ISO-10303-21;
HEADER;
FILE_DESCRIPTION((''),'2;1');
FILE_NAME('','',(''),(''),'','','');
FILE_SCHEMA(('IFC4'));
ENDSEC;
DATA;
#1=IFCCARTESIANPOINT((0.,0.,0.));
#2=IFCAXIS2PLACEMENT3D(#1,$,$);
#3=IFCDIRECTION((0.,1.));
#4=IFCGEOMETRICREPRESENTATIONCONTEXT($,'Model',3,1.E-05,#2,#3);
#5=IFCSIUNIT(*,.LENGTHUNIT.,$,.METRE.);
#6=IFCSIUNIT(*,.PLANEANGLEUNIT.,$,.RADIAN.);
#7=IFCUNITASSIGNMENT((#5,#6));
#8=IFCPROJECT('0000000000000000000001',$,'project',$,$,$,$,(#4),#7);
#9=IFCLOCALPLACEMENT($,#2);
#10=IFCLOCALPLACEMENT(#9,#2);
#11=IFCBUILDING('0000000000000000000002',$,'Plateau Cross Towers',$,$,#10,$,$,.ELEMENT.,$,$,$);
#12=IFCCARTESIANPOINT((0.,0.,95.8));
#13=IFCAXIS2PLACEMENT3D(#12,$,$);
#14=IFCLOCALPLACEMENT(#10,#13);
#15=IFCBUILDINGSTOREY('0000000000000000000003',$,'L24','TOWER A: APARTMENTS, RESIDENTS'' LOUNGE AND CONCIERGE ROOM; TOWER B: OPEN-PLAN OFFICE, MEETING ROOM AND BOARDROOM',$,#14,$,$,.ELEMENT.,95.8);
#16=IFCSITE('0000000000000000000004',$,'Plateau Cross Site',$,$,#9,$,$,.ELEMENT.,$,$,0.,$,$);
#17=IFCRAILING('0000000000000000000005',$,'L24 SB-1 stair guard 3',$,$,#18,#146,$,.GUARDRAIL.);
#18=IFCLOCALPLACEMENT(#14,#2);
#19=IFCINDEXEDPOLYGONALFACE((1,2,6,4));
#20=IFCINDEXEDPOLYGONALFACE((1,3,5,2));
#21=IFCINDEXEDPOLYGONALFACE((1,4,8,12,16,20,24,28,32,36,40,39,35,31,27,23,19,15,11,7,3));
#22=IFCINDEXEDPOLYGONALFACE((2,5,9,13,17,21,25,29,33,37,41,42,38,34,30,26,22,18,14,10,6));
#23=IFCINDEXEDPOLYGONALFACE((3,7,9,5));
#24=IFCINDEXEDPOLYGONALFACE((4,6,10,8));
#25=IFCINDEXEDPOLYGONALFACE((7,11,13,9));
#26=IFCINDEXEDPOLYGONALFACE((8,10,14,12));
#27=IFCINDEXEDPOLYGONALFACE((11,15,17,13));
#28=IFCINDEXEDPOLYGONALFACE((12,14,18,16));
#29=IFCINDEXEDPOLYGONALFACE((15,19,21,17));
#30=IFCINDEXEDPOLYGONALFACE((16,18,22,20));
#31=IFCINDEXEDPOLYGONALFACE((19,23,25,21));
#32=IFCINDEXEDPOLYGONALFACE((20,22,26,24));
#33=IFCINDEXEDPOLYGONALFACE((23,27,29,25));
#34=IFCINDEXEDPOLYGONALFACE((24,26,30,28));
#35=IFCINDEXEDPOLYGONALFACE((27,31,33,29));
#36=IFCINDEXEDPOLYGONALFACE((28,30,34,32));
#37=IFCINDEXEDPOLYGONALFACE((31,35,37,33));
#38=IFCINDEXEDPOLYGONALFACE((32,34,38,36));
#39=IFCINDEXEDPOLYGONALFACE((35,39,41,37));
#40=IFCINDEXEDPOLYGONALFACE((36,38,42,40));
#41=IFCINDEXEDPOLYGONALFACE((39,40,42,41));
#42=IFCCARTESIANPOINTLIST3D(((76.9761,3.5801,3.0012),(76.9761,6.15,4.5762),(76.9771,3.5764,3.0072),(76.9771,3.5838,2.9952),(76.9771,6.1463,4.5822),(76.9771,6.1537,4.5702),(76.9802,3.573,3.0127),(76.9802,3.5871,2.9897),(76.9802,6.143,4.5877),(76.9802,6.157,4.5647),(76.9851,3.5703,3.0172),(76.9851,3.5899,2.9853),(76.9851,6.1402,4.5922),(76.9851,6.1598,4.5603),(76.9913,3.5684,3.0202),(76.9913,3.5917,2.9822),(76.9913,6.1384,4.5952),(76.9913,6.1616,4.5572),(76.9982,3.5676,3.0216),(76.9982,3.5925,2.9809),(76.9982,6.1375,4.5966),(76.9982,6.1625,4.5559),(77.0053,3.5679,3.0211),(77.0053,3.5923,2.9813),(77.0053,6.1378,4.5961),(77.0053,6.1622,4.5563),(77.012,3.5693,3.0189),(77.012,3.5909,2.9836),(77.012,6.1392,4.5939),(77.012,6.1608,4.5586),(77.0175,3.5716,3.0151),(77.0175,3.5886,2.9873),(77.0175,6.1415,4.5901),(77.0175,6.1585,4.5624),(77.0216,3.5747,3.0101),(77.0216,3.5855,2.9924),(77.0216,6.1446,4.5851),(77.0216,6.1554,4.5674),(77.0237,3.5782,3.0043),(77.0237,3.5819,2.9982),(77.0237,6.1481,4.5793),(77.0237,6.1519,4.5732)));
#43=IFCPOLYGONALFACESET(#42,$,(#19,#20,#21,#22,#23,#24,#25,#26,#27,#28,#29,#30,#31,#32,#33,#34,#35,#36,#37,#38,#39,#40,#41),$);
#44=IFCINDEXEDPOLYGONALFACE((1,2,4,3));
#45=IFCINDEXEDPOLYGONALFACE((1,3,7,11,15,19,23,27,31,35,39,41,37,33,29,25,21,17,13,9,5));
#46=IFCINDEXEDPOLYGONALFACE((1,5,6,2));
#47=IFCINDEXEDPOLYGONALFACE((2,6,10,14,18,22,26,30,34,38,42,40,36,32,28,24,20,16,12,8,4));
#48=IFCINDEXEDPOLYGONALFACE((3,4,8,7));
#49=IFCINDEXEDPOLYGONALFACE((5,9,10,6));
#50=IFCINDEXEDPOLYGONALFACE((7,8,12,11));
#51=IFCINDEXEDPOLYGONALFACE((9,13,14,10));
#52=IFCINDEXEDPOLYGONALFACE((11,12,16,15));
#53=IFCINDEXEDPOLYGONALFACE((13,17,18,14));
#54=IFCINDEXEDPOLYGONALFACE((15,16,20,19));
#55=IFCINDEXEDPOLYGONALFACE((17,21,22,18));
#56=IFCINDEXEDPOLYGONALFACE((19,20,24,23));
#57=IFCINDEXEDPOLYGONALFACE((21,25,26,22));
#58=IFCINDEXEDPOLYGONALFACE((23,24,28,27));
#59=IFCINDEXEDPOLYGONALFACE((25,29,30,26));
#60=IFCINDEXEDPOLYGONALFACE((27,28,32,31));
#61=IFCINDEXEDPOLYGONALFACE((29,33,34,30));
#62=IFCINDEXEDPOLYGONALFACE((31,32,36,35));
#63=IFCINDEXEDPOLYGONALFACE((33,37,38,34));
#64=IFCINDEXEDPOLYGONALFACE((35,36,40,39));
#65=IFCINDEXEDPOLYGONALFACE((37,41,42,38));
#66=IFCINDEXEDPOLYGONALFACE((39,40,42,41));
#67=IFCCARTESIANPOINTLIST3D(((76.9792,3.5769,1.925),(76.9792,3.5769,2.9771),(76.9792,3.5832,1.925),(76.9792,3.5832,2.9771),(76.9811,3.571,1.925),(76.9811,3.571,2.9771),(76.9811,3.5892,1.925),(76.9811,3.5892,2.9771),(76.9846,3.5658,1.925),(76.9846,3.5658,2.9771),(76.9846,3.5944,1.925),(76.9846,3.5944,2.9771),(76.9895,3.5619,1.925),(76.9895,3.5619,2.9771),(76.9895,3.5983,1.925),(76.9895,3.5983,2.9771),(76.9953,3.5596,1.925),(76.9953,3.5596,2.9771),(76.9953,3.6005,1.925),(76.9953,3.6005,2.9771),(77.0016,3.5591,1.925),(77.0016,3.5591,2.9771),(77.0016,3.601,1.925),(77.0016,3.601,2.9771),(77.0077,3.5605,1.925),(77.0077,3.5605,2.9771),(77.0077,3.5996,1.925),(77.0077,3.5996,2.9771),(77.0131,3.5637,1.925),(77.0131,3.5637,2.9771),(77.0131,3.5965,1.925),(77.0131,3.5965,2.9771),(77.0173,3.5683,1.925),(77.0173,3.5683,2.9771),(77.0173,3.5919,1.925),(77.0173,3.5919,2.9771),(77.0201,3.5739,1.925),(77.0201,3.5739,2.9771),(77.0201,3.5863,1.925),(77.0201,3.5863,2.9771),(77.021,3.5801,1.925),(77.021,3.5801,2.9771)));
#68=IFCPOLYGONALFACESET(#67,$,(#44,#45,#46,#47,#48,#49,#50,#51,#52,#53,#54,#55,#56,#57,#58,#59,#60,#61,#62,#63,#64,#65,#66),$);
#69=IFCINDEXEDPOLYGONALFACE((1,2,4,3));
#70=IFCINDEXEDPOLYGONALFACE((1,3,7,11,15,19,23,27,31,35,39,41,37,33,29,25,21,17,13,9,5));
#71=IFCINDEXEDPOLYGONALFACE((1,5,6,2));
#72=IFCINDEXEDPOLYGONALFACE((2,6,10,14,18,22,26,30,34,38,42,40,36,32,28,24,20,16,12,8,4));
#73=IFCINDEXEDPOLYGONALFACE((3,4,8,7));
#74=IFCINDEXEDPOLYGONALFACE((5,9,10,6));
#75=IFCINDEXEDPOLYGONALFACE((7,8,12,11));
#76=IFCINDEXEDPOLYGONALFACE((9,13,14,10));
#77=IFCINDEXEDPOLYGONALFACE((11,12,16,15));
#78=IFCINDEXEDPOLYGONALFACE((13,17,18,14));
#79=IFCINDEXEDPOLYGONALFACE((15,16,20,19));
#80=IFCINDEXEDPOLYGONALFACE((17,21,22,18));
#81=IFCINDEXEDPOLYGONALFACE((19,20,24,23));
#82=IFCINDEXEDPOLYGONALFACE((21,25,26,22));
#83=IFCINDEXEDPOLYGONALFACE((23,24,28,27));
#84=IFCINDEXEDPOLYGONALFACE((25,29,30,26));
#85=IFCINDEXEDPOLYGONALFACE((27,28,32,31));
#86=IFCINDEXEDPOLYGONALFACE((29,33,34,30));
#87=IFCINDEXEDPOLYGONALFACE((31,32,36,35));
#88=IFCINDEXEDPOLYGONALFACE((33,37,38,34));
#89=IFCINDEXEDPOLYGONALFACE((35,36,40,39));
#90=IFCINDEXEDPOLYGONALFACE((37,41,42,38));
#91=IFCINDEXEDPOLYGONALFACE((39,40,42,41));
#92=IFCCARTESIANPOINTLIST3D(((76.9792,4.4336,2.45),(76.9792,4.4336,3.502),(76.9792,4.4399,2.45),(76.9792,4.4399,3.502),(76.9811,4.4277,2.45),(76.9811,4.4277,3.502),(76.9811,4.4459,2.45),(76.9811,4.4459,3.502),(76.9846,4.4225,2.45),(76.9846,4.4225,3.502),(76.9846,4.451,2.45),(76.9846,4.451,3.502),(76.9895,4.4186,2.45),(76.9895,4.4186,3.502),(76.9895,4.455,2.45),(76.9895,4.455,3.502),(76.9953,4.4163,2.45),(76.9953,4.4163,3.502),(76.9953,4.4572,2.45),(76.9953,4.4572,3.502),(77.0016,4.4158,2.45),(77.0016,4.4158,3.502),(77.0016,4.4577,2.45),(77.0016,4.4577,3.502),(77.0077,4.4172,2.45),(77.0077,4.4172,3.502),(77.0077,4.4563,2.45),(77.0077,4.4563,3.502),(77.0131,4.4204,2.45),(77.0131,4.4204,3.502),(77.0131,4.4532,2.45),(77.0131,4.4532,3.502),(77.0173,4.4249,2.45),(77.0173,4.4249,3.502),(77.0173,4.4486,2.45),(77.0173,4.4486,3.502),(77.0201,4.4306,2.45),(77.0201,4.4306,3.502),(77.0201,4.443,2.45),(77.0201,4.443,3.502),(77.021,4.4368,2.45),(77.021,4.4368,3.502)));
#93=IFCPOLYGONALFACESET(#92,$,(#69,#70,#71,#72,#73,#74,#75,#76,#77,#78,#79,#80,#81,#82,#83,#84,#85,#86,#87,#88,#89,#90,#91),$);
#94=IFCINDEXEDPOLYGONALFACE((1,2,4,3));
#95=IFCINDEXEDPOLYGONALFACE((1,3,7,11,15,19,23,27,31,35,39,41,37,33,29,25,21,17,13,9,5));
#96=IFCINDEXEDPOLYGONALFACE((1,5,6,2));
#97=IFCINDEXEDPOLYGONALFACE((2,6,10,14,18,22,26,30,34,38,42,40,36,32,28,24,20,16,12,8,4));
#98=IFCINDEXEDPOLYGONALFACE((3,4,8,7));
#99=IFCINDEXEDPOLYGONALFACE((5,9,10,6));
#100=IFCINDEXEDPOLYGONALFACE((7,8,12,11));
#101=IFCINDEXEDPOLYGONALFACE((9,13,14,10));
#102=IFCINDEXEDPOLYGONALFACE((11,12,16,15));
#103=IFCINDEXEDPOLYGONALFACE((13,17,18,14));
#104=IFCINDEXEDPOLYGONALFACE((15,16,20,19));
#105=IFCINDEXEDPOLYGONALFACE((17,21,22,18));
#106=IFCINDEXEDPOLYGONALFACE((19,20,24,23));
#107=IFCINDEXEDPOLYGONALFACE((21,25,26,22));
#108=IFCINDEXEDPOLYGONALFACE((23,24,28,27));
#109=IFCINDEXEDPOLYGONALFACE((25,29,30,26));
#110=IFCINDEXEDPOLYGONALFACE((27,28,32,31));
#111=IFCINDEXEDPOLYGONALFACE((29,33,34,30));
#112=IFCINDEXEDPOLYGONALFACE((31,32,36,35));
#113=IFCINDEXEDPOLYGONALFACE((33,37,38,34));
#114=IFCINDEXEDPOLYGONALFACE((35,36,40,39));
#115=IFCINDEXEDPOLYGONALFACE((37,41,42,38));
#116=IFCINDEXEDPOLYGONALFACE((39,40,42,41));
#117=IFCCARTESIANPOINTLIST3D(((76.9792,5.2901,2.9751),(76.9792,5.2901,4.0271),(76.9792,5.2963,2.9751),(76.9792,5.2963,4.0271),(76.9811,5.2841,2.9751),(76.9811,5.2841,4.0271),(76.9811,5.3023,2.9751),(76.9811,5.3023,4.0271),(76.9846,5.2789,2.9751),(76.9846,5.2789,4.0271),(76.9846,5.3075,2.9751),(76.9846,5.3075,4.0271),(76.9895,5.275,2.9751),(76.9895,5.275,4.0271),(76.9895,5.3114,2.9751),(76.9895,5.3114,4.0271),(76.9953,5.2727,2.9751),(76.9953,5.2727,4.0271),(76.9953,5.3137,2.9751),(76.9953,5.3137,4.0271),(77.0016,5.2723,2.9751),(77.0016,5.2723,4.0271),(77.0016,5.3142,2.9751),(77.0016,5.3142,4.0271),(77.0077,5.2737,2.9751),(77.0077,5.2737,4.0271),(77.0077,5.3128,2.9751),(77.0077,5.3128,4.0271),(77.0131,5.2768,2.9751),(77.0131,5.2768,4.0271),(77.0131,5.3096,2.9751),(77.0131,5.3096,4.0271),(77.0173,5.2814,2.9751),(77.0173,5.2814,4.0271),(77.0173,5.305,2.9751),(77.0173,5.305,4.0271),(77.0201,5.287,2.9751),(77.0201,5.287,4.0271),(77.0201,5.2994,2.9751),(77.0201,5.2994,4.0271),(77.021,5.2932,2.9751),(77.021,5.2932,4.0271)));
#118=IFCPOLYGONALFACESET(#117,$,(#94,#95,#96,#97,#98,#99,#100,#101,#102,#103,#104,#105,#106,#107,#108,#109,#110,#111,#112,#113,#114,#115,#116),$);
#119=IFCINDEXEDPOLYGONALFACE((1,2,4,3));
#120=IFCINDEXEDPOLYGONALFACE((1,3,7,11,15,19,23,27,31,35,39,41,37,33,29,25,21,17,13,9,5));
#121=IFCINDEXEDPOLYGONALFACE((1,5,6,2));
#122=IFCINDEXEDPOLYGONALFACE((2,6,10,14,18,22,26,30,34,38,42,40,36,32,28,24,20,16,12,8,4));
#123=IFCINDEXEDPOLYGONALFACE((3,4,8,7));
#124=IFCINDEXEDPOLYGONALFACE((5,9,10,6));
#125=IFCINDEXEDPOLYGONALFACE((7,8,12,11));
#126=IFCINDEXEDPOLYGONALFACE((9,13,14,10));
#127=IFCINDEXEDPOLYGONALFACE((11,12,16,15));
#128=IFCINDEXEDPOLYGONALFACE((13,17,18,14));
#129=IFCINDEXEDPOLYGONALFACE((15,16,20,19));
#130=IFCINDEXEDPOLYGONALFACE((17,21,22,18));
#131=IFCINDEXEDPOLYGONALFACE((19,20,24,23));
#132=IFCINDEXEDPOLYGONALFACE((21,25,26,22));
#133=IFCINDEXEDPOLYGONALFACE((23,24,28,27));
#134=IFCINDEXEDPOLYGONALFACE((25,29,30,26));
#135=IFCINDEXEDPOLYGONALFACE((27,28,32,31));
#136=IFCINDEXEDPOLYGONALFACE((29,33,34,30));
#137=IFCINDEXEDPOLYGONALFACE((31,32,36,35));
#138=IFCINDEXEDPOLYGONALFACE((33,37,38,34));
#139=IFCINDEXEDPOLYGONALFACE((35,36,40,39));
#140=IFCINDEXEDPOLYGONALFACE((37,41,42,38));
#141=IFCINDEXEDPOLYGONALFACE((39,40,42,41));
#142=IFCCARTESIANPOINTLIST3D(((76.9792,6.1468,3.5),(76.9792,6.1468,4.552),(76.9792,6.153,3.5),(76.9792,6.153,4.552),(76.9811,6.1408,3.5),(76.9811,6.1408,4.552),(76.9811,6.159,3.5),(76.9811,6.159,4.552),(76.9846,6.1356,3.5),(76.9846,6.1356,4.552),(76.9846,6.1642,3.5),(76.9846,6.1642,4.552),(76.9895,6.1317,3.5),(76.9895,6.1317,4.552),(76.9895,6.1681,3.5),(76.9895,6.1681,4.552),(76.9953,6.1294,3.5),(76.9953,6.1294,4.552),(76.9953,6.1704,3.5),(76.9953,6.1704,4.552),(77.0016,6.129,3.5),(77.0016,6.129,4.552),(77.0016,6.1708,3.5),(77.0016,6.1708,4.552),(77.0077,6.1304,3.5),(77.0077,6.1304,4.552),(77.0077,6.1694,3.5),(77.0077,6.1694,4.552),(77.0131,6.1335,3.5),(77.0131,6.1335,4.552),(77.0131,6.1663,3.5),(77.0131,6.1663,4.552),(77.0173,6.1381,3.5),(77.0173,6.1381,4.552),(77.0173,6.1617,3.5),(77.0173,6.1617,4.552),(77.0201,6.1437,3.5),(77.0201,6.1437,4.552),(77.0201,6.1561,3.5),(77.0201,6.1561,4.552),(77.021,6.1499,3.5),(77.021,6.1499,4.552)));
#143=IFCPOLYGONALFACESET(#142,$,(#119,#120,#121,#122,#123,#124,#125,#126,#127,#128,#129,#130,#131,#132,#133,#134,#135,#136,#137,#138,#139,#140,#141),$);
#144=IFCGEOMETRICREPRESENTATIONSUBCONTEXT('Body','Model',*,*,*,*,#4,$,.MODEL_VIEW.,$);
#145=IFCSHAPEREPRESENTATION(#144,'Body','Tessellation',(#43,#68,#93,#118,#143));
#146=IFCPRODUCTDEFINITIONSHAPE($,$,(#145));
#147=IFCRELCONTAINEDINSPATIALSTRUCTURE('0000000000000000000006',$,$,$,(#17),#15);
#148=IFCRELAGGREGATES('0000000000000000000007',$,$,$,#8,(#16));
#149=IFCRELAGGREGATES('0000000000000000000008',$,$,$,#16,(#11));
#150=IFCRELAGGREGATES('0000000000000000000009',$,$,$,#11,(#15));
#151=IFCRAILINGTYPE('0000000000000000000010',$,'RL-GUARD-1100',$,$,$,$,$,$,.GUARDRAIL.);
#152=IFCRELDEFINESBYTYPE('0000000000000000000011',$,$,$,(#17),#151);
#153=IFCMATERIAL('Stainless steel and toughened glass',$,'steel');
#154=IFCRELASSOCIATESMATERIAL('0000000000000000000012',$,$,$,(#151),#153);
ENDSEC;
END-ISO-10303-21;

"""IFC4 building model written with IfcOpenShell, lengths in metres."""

from ifc_helpers import new_model, si_unit, direction, frame, origin, origin_2d, place, context, subcontext, project, spatial, circle, extrude, material, type_object, element, save


model = new_model("IFC4")

# Units and contexts
model_context = context("Model", 3, precision=1e-05, world=origin(), true_north=direction((0.0, 1.0)))
body_context = subcontext(model_context, "Body", "Model", "MODEL_VIEW")
ifc_project = project(units=[si_unit("LENGTHUNIT", "METRE"), si_unit("PLANEANGLEUNIT", "RADIAN")], contexts=[model_context])

# Site, building, storey
site_placement = place(None, origin())
site = spatial("IfcSite", under=ifc_project, at=site_placement, Name="Plateau Cross Site", CompositionType="ELEMENT", RefElevation=0.0)
building_placement = place(site_placement, origin())
building = spatial("IfcBuilding", under=site, at=building_placement, Name="Plateau Cross Towers", CompositionType="ELEMENT")
storey_placement = place(building_placement, frame((0.0, 0.0, 95.8)))
storey = spatial("IfcBuildingStorey", under=building, at=storey_placement, Name="L24", Description="TOWER A: APARTMENTS, RESIDENTS' LOUNGE AND CONCIERGE ROOM; TOWER B: OPEN-PLAN OFFICE, MEETING ROOM AND BOARDROOM", CompositionType="ELEMENT", Elevation=95.8)

# Railing
ifc_material_1 = material(Name="Stainless steel and toughened glass", Category="steel")
railing_type_1 = type_object("IfcRailingType", Name="RL-GUARD-1100", PredefinedType="GUARDRAIL", material=ifc_material_1)
railing_1_placement = place(storey_placement, frame((77.0, 3.5801, 1.925)))
element("IfcRailing", 1, at=railing_1_placement, inside=storey, type_object=railing_type_1, Name="L24 SB-1 stair guard 3", PredefinedType="GUARDRAIL", context=body_context, shape_type="SweptSolid", body=[
    extrude(circle(Radius=0.0239, at=origin_2d()), frame((0.0, 0.0, 1.0762), z_axis=(0.0, 0.852616, 0.522537), x_axis=(-1.0, 0.0, 0.0)), (0.0, 0.0, 1.0), 3.0142),
    extrude(circle(Radius=0.021, at=origin_2d()), origin(), (0.0, 0.0, 1.0), 1.052),
    extrude(circle(Radius=0.021, at=origin_2d()), frame((0.0, 0.8567, 0.5249)), (0.0, 0.0, 1.0), 1.052),
    extrude(circle(Radius=0.021, at=origin_2d()), frame((0.0, 1.7131, 1.05)), (0.0, 0.0, 1.0), 1.052),
    extrude(circle(Radius=0.021, at=origin_2d()), frame((0.0, 2.5698, 1.575)), (0.0, 0.0, 1.0), 1.052),
])

save(model, "model.ifc")
